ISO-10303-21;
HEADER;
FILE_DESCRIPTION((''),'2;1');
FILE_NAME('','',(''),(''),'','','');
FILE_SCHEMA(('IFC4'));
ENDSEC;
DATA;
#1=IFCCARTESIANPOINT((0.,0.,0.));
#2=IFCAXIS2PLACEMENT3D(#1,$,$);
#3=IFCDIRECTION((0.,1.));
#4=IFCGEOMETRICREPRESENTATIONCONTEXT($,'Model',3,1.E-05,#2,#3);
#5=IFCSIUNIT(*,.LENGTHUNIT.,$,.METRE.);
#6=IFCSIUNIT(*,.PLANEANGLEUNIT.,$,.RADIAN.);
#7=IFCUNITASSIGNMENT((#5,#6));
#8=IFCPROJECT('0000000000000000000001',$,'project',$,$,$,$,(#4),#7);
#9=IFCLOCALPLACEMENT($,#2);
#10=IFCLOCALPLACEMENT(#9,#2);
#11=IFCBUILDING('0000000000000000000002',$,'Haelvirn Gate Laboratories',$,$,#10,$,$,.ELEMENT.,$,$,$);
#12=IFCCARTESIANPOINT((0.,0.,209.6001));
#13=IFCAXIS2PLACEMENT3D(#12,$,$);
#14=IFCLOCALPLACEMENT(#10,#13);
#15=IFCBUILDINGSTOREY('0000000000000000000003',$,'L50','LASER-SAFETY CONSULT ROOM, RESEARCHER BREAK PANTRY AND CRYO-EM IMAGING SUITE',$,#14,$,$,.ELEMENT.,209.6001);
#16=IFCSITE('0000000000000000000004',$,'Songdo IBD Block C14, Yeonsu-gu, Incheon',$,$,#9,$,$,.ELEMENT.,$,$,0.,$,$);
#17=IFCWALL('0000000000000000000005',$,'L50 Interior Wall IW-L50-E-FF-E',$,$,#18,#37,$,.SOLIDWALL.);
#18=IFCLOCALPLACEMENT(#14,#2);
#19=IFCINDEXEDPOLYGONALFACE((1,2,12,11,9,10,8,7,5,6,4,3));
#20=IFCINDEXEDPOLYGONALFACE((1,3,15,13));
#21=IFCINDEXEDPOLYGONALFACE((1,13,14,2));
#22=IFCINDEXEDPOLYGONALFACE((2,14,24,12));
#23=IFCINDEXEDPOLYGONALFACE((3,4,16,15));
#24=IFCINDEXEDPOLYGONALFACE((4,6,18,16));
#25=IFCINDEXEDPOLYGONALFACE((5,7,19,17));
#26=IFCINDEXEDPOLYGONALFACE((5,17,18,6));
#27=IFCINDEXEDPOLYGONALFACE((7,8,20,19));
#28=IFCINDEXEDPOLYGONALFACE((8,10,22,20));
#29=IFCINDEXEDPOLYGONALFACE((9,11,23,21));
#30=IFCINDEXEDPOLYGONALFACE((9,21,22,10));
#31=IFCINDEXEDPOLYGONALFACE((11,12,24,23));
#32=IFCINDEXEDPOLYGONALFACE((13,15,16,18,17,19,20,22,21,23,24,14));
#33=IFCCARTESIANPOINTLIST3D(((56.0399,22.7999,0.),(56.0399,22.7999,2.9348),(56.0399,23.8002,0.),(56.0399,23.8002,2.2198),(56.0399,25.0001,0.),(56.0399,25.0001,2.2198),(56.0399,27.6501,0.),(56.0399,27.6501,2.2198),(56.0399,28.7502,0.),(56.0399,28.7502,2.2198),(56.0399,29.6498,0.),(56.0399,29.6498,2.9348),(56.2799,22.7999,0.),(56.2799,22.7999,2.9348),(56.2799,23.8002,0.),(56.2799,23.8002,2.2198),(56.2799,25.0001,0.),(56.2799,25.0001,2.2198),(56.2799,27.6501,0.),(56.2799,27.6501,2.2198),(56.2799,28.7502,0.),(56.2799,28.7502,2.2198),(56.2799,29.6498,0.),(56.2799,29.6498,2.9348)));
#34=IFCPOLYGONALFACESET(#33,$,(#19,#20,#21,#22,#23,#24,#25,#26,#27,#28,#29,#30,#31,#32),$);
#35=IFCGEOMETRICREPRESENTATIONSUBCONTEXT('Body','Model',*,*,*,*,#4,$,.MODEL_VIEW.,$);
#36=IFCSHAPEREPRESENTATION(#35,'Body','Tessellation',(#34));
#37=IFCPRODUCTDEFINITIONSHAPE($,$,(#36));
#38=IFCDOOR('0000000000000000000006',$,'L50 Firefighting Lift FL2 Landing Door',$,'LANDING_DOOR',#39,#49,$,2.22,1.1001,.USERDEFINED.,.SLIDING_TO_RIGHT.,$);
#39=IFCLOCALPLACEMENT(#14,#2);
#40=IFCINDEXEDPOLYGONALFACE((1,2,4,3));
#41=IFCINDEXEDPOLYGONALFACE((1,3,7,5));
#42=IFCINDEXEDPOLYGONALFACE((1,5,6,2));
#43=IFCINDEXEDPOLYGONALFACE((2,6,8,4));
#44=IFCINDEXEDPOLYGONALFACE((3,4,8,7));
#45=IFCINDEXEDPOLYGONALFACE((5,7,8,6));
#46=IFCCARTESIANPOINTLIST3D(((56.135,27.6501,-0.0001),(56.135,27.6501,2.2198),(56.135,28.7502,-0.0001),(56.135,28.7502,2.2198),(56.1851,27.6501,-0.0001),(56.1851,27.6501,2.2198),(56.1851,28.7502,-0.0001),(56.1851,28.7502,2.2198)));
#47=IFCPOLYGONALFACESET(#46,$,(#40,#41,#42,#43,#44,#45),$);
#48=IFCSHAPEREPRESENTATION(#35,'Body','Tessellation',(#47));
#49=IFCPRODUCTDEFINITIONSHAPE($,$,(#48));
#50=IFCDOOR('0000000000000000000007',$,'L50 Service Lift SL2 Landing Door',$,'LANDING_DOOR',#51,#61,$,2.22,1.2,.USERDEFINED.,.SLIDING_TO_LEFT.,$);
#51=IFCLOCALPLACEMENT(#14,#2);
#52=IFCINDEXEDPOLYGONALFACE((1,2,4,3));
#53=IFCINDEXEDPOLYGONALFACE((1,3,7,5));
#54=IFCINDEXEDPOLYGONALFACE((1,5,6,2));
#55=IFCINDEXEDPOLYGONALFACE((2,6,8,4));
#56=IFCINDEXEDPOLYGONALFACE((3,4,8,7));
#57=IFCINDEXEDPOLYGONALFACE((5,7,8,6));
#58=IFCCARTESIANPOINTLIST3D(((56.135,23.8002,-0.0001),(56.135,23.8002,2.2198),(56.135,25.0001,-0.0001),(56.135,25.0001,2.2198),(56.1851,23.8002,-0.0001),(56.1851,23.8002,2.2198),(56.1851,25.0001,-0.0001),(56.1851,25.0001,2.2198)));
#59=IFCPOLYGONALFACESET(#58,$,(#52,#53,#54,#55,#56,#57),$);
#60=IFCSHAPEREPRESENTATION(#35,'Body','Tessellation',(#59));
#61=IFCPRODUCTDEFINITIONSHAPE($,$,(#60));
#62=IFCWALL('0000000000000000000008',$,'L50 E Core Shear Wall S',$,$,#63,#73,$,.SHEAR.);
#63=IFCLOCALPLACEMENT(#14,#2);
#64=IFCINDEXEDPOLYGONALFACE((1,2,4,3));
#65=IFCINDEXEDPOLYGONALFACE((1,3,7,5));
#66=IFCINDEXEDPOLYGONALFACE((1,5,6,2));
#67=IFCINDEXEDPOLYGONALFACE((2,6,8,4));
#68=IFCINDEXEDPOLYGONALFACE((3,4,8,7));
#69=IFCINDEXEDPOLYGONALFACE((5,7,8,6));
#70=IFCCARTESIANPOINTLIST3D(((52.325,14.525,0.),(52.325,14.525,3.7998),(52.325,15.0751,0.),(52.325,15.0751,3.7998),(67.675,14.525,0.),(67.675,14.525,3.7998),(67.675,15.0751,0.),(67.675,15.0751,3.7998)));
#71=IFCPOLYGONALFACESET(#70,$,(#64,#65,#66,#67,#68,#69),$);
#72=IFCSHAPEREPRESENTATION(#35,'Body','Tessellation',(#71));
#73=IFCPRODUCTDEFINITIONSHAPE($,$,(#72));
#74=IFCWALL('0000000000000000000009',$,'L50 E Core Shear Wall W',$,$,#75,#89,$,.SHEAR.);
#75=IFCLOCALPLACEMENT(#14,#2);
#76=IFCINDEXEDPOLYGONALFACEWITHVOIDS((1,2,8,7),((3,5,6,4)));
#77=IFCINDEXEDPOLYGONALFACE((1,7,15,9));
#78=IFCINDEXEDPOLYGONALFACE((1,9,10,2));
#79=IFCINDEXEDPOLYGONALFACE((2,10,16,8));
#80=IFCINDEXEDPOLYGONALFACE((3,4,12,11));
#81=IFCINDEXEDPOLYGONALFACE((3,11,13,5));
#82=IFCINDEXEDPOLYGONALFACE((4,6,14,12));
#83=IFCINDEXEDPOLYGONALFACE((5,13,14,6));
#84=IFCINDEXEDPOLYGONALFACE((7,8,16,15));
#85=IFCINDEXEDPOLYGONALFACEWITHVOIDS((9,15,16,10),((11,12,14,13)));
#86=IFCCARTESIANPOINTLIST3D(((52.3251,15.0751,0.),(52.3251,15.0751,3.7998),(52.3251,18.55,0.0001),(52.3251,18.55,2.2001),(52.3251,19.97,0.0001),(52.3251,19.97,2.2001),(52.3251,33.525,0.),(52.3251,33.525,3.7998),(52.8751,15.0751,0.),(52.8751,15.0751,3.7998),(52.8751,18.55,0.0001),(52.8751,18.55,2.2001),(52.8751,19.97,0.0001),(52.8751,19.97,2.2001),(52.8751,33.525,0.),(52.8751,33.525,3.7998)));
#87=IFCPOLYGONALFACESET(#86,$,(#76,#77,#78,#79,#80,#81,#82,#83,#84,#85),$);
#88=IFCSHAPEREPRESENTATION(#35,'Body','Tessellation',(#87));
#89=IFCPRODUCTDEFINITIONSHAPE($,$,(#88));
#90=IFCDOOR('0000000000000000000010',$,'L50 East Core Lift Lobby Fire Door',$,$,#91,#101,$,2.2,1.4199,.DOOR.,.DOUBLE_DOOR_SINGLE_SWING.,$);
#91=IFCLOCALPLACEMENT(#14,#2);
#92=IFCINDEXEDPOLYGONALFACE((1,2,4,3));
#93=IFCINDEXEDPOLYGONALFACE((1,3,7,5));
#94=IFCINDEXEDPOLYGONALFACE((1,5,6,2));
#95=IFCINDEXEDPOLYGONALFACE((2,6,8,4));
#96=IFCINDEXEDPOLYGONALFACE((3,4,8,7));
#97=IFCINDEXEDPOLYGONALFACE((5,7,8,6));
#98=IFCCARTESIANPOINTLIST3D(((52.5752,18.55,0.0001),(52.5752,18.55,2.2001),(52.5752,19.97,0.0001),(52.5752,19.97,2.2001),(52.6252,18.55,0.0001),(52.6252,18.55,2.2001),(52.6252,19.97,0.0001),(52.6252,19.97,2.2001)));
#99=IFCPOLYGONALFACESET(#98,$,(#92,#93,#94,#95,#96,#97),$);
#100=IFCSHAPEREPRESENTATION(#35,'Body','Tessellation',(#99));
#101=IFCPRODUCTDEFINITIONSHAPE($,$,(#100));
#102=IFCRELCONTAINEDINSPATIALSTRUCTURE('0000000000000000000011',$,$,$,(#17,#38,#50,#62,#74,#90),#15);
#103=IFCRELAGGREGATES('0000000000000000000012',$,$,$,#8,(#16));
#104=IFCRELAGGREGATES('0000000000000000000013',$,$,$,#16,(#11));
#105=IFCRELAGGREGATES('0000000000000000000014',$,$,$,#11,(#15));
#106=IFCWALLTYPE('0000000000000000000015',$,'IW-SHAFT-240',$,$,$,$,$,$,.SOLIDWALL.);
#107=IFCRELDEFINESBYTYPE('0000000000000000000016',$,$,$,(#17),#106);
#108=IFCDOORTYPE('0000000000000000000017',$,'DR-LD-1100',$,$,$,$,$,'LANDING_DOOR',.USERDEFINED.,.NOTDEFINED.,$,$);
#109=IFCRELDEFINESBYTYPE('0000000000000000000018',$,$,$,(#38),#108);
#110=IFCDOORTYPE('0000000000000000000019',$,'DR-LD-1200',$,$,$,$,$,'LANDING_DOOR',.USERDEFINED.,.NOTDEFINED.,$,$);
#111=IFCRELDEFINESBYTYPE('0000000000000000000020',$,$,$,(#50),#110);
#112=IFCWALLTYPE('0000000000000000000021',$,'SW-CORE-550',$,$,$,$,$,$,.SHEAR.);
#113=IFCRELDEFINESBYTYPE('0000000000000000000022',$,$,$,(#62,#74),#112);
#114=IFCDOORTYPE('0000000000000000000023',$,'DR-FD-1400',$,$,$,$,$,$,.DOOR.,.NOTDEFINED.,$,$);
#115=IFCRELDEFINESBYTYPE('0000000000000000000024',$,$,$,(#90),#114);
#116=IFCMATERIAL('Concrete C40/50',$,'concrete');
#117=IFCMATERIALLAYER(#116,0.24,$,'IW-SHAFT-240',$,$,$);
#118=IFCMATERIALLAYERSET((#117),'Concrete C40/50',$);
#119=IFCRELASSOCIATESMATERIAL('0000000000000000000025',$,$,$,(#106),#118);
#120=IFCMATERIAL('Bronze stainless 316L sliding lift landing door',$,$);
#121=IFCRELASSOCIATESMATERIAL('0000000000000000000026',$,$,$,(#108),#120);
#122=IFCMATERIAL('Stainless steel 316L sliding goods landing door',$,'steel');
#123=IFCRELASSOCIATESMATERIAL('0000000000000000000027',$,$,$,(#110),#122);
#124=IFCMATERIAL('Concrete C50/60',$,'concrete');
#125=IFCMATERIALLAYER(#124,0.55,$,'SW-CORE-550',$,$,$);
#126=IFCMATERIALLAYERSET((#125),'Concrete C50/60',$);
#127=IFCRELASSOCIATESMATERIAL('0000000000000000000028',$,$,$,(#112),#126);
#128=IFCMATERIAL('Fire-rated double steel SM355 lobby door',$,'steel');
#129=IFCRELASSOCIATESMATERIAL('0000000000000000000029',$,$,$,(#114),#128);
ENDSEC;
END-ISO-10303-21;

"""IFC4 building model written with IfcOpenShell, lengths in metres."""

from ifc_helpers import new_model, si_unit, direction, frame, frame_2d, origin, place, context, subcontext, project, spatial, rectangle, extrude, source, transform, mapped, material, layer, layer_set, type_object, type_shapes, element, fill, save


model = new_model("IFC4")

# Units and contexts
model_context = context("Model", 3, precision=1e-05, world=origin(), true_north=direction((0.0, 1.0)))
body_context = subcontext(model_context, "Body", "Model", "MODEL_VIEW")
ifc_project = project(units=[si_unit("LENGTHUNIT", "METRE"), si_unit("PLANEANGLEUNIT", "RADIAN")], contexts=[model_context])

# Site, building, storey
site_placement = place(None, origin())
site = spatial("IfcSite", under=ifc_project, at=site_placement, Name="Songdo IBD Block C14, Yeonsu-gu, Incheon", CompositionType="ELEMENT", RefElevation=0.0)
building_placement = place(site_placement, origin())
building = spatial("IfcBuilding", under=site, at=building_placement, Name="Haelvirn Gate Laboratories", CompositionType="ELEMENT")
storey_placement = place(building_placement, frame((0.0, 0.0, 209.6001)))
storey = spatial("IfcBuildingStorey", under=building, at=storey_placement, Name="L50", Description="LASER-SAFETY CONSULT ROOM, RESEARCHER BREAK PANTRY AND CRYO-EM IMAGING SUITE", CompositionType="ELEMENT", Elevation=209.6001)

# Shared definitions
ifc_material_1 = material(Name="Concrete C40/50", Category="concrete")

# Wall, openings, doors
ifc_layer_1 = layer(ifc_material_1, 0.24, Name="IW-SHAFT-240")
ifc_layer_set_1 = layer_set([ifc_layer_1], Name="Concrete C40/50")
wall_type_1 = type_object("IfcWallType", Name="IW-SHAFT-240", PredefinedType="SOLIDWALL", material=ifc_layer_set_1)
wall_1_placement = place(storey_placement, frame((56.1599, 22.8, 0.0), z_axis=(0.0, 0.0, 1.0), x_axis=(0.0, 1.0, 0.0)))
wall_1 = element("IfcWall", 1, at=wall_1_placement, inside=storey, type_object=wall_type_1, Name="L50 Interior Wall IW-L50-E-FF-E", PredefinedType="SOLIDWALL", context=body_context, shape_type="SweptSolid", body=[
    extrude(rectangle(XDim=6.8499, YDim=0.24, at=frame_2d((3.4248, 0.0))), origin(), (0.0, 0.0, 1.0), 2.9348),
])
opening_1_placement = place(wall_1_placement, frame((4.8501, 0.0, 0.0)))
opening_1 = element("IfcOpeningElement", 2, at=opening_1_placement, cuts=wall_1, PredefinedType="OPENING", context=body_context, shape_type="SweptSolid", body=[
    extrude(rectangle(XDim=1.1001, YDim=2.22, at=frame_2d((0.55, 1.1099))), frame((0.0, 0.1299, 0.0), z_axis=(0.0, -1.0, 0.0), x_axis=(1.0, 0.0, 0.0)), (0.0, 0.0, 1.0), 0.26),
])
opening_2_placement = place(wall_1_placement, frame((1.0, 0.0, 0.0)))
opening_2 = element("IfcOpeningElement", 3, at=opening_2_placement, cuts=wall_1, PredefinedType="OPENING", context=body_context, shape_type="SweptSolid", body=[
    extrude(rectangle(XDim=1.2, YDim=2.22, at=frame_2d((0.6001, 1.1099))), frame((0.0, 0.1299, 0.0), z_axis=(0.0, -1.0, 0.0), x_axis=(1.0, 0.0, 0.0)), (0.0, 0.0, 1.0), 0.26),
])
ifc_material_2 = material(Name="Bronze stainless 316L sliding lift landing door")
door_type_1 = type_object("IfcDoorType", Name="DR-LD-1100", ElementType="LANDING_DOOR", OperationType="NOTDEFINED", PredefinedType="USERDEFINED", material=ifc_material_2)
shared_shape_1 = source(origin(), body_context, "Body", "SweptSolid", [
    extrude(rectangle(XDim=1.1001, YDim=2.22, at=frame_2d((0.55, 1.1099))), frame((0.0, 0.0249, 0.0), z_axis=(0.0, -1.0, 0.0), x_axis=(1.0, 0.0, 0.0)), (0.0, 0.0, 1.0), 0.05),
])
type_shapes(door_type_1, [shared_shape_1])
door_1_placement = place(opening_1_placement, origin())
door_1 = element("IfcDoor", 4, at=door_1_placement, inside=storey, type_object=door_type_1, Name="L50 Firefighting Lift FL2 Landing Door", ObjectType="LANDING_DOOR", OperationType="SLIDING_TO_RIGHT", OverallHeight=2.22, OverallWidth=1.1001, PredefinedType="USERDEFINED", context=body_context, shape_type="MappedRepresentation", body=[
    mapped(shared_shape_1, transform((0.0, 0.0, 0.0), scale=1.0)),
])
fill(opening_1, door_1)
ifc_material_3 = material(Name="Stainless steel 316L sliding goods landing door", Category="steel")
door_type_2 = type_object("IfcDoorType", Name="DR-LD-1200", ElementType="LANDING_DOOR", OperationType="NOTDEFINED", PredefinedType="USERDEFINED", material=ifc_material_3)
shared_shape_2 = source(origin(), body_context, "Body", "SweptSolid", [
    extrude(rectangle(XDim=1.2, YDim=2.22, at=frame_2d((0.6001, 1.1099))), frame((0.0, 0.0249, 0.0), z_axis=(0.0, -1.0, 0.0), x_axis=(1.0, 0.0, 0.0)), (0.0, 0.0, 1.0), 0.05),
])
type_shapes(door_type_2, [shared_shape_2])
door_2_placement = place(opening_2_placement, origin())
door_2 = element("IfcDoor", 5, at=door_2_placement, inside=storey, type_object=door_type_2, Name="L50 Service Lift SL2 Landing Door", ObjectType="LANDING_DOOR", OperationType="SLIDING_TO_LEFT", OverallHeight=2.22, OverallWidth=1.2, PredefinedType="USERDEFINED", context=body_context, shape_type="MappedRepresentation", body=[
    mapped(shared_shape_2, transform((0.0, 0.0, 0.0), scale=1.0)),
])
fill(opening_2, door_2)

# Wall
ifc_material_4 = material(Name="Concrete C50/60", Category="concrete")
ifc_layer_2 = layer(ifc_material_4, 0.55, Name="SW-CORE-550")
ifc_layer_set_2 = layer_set([ifc_layer_2], Name="Concrete C50/60")
wall_type_2 = type_object("IfcWallType", Name="SW-CORE-550", PredefinedType="SHEAR", material=ifc_layer_set_2)
wall_2_placement = place(storey_placement, frame((52.325, 14.8, 0.0), z_axis=(0.0, 0.0, 1.0), x_axis=(1.0, 0.0, 0.0)))
element("IfcWall", 6, at=wall_2_placement, inside=storey, type_object=wall_type_2, Name="L50 E Core Shear Wall S", PredefinedType="SHEAR", context=body_context, shape_type="SweptSolid", body=[
    extrude(rectangle(XDim=15.3501, YDim=0.55, at=frame_2d((7.675, 0.0))), origin(), (0.0, 0.0, 1.0), 3.7998),
])

# Wall, opening, door
wall_3_placement = place(storey_placement, frame((52.6001, 15.075, 0.0), z_axis=(0.0, 0.0, 1.0), x_axis=(0.0, 1.0, 0.0)))
wall_3 = element("IfcWall", 7, at=wall_3_placement, inside=storey, type_object=wall_type_2, Name="L50 E Core Shear Wall W", PredefinedType="SHEAR", context=body_context, shape_type="SweptSolid", body=[
    extrude(rectangle(XDim=18.45, YDim=0.55, at=frame_2d((9.2251, 0.0))), origin(), (0.0, 0.0, 1.0), 3.7998),
])
opening_3_placement = place(wall_3_placement, frame((3.4751, 0.0, 0.0)))
opening_3 = element("IfcOpeningElement", 8, at=opening_3_placement, cuts=wall_3, PredefinedType="OPENING", context=body_context, shape_type="SweptSolid", body=[
    extrude(rectangle(XDim=1.4199, YDim=2.2, at=frame_2d((0.71, 1.1001))), frame((0.0, 0.2852, 0.0), z_axis=(0.0, -1.0, 0.0), x_axis=(1.0, 0.0, 0.0)), (0.0, 0.0, 1.0), 0.5701),
])
ifc_material_5 = material(Name="Fire-rated double steel SM355 lobby door", Category="steel")
door_type_3 = type_object("IfcDoorType", Name="DR-FD-1400", OperationType="NOTDEFINED", PredefinedType="DOOR", material=ifc_material_5)
shared_shape_3 = source(origin(), body_context, "Body", "SweptSolid", [
    extrude(rectangle(XDim=1.4199, YDim=2.2, at=frame_2d((0.71, 1.1001))), frame((0.0, 0.0249, 0.0), z_axis=(0.0, -1.0, 0.0), x_axis=(1.0, 0.0, 0.0)), (0.0, 0.0, 1.0), 0.05),
])
type_shapes(door_type_3, [shared_shape_3])
door_3_placement = place(opening_3_placement, origin())
door_3 = element("IfcDoor", 9, at=door_3_placement, inside=storey, type_object=door_type_3, Name="L50 East Core Lift Lobby Fire Door", OperationType="DOUBLE_DOOR_SINGLE_SWING", OverallHeight=2.2, OverallWidth=1.4199, PredefinedType="DOOR", context=body_context, shape_type="MappedRepresentation", body=[
    mapped(shared_shape_3, transform((0.0, 0.0, 0.0), scale=1.0)),
])
fill(opening_3, door_3)

save(model, "model.ifc")
